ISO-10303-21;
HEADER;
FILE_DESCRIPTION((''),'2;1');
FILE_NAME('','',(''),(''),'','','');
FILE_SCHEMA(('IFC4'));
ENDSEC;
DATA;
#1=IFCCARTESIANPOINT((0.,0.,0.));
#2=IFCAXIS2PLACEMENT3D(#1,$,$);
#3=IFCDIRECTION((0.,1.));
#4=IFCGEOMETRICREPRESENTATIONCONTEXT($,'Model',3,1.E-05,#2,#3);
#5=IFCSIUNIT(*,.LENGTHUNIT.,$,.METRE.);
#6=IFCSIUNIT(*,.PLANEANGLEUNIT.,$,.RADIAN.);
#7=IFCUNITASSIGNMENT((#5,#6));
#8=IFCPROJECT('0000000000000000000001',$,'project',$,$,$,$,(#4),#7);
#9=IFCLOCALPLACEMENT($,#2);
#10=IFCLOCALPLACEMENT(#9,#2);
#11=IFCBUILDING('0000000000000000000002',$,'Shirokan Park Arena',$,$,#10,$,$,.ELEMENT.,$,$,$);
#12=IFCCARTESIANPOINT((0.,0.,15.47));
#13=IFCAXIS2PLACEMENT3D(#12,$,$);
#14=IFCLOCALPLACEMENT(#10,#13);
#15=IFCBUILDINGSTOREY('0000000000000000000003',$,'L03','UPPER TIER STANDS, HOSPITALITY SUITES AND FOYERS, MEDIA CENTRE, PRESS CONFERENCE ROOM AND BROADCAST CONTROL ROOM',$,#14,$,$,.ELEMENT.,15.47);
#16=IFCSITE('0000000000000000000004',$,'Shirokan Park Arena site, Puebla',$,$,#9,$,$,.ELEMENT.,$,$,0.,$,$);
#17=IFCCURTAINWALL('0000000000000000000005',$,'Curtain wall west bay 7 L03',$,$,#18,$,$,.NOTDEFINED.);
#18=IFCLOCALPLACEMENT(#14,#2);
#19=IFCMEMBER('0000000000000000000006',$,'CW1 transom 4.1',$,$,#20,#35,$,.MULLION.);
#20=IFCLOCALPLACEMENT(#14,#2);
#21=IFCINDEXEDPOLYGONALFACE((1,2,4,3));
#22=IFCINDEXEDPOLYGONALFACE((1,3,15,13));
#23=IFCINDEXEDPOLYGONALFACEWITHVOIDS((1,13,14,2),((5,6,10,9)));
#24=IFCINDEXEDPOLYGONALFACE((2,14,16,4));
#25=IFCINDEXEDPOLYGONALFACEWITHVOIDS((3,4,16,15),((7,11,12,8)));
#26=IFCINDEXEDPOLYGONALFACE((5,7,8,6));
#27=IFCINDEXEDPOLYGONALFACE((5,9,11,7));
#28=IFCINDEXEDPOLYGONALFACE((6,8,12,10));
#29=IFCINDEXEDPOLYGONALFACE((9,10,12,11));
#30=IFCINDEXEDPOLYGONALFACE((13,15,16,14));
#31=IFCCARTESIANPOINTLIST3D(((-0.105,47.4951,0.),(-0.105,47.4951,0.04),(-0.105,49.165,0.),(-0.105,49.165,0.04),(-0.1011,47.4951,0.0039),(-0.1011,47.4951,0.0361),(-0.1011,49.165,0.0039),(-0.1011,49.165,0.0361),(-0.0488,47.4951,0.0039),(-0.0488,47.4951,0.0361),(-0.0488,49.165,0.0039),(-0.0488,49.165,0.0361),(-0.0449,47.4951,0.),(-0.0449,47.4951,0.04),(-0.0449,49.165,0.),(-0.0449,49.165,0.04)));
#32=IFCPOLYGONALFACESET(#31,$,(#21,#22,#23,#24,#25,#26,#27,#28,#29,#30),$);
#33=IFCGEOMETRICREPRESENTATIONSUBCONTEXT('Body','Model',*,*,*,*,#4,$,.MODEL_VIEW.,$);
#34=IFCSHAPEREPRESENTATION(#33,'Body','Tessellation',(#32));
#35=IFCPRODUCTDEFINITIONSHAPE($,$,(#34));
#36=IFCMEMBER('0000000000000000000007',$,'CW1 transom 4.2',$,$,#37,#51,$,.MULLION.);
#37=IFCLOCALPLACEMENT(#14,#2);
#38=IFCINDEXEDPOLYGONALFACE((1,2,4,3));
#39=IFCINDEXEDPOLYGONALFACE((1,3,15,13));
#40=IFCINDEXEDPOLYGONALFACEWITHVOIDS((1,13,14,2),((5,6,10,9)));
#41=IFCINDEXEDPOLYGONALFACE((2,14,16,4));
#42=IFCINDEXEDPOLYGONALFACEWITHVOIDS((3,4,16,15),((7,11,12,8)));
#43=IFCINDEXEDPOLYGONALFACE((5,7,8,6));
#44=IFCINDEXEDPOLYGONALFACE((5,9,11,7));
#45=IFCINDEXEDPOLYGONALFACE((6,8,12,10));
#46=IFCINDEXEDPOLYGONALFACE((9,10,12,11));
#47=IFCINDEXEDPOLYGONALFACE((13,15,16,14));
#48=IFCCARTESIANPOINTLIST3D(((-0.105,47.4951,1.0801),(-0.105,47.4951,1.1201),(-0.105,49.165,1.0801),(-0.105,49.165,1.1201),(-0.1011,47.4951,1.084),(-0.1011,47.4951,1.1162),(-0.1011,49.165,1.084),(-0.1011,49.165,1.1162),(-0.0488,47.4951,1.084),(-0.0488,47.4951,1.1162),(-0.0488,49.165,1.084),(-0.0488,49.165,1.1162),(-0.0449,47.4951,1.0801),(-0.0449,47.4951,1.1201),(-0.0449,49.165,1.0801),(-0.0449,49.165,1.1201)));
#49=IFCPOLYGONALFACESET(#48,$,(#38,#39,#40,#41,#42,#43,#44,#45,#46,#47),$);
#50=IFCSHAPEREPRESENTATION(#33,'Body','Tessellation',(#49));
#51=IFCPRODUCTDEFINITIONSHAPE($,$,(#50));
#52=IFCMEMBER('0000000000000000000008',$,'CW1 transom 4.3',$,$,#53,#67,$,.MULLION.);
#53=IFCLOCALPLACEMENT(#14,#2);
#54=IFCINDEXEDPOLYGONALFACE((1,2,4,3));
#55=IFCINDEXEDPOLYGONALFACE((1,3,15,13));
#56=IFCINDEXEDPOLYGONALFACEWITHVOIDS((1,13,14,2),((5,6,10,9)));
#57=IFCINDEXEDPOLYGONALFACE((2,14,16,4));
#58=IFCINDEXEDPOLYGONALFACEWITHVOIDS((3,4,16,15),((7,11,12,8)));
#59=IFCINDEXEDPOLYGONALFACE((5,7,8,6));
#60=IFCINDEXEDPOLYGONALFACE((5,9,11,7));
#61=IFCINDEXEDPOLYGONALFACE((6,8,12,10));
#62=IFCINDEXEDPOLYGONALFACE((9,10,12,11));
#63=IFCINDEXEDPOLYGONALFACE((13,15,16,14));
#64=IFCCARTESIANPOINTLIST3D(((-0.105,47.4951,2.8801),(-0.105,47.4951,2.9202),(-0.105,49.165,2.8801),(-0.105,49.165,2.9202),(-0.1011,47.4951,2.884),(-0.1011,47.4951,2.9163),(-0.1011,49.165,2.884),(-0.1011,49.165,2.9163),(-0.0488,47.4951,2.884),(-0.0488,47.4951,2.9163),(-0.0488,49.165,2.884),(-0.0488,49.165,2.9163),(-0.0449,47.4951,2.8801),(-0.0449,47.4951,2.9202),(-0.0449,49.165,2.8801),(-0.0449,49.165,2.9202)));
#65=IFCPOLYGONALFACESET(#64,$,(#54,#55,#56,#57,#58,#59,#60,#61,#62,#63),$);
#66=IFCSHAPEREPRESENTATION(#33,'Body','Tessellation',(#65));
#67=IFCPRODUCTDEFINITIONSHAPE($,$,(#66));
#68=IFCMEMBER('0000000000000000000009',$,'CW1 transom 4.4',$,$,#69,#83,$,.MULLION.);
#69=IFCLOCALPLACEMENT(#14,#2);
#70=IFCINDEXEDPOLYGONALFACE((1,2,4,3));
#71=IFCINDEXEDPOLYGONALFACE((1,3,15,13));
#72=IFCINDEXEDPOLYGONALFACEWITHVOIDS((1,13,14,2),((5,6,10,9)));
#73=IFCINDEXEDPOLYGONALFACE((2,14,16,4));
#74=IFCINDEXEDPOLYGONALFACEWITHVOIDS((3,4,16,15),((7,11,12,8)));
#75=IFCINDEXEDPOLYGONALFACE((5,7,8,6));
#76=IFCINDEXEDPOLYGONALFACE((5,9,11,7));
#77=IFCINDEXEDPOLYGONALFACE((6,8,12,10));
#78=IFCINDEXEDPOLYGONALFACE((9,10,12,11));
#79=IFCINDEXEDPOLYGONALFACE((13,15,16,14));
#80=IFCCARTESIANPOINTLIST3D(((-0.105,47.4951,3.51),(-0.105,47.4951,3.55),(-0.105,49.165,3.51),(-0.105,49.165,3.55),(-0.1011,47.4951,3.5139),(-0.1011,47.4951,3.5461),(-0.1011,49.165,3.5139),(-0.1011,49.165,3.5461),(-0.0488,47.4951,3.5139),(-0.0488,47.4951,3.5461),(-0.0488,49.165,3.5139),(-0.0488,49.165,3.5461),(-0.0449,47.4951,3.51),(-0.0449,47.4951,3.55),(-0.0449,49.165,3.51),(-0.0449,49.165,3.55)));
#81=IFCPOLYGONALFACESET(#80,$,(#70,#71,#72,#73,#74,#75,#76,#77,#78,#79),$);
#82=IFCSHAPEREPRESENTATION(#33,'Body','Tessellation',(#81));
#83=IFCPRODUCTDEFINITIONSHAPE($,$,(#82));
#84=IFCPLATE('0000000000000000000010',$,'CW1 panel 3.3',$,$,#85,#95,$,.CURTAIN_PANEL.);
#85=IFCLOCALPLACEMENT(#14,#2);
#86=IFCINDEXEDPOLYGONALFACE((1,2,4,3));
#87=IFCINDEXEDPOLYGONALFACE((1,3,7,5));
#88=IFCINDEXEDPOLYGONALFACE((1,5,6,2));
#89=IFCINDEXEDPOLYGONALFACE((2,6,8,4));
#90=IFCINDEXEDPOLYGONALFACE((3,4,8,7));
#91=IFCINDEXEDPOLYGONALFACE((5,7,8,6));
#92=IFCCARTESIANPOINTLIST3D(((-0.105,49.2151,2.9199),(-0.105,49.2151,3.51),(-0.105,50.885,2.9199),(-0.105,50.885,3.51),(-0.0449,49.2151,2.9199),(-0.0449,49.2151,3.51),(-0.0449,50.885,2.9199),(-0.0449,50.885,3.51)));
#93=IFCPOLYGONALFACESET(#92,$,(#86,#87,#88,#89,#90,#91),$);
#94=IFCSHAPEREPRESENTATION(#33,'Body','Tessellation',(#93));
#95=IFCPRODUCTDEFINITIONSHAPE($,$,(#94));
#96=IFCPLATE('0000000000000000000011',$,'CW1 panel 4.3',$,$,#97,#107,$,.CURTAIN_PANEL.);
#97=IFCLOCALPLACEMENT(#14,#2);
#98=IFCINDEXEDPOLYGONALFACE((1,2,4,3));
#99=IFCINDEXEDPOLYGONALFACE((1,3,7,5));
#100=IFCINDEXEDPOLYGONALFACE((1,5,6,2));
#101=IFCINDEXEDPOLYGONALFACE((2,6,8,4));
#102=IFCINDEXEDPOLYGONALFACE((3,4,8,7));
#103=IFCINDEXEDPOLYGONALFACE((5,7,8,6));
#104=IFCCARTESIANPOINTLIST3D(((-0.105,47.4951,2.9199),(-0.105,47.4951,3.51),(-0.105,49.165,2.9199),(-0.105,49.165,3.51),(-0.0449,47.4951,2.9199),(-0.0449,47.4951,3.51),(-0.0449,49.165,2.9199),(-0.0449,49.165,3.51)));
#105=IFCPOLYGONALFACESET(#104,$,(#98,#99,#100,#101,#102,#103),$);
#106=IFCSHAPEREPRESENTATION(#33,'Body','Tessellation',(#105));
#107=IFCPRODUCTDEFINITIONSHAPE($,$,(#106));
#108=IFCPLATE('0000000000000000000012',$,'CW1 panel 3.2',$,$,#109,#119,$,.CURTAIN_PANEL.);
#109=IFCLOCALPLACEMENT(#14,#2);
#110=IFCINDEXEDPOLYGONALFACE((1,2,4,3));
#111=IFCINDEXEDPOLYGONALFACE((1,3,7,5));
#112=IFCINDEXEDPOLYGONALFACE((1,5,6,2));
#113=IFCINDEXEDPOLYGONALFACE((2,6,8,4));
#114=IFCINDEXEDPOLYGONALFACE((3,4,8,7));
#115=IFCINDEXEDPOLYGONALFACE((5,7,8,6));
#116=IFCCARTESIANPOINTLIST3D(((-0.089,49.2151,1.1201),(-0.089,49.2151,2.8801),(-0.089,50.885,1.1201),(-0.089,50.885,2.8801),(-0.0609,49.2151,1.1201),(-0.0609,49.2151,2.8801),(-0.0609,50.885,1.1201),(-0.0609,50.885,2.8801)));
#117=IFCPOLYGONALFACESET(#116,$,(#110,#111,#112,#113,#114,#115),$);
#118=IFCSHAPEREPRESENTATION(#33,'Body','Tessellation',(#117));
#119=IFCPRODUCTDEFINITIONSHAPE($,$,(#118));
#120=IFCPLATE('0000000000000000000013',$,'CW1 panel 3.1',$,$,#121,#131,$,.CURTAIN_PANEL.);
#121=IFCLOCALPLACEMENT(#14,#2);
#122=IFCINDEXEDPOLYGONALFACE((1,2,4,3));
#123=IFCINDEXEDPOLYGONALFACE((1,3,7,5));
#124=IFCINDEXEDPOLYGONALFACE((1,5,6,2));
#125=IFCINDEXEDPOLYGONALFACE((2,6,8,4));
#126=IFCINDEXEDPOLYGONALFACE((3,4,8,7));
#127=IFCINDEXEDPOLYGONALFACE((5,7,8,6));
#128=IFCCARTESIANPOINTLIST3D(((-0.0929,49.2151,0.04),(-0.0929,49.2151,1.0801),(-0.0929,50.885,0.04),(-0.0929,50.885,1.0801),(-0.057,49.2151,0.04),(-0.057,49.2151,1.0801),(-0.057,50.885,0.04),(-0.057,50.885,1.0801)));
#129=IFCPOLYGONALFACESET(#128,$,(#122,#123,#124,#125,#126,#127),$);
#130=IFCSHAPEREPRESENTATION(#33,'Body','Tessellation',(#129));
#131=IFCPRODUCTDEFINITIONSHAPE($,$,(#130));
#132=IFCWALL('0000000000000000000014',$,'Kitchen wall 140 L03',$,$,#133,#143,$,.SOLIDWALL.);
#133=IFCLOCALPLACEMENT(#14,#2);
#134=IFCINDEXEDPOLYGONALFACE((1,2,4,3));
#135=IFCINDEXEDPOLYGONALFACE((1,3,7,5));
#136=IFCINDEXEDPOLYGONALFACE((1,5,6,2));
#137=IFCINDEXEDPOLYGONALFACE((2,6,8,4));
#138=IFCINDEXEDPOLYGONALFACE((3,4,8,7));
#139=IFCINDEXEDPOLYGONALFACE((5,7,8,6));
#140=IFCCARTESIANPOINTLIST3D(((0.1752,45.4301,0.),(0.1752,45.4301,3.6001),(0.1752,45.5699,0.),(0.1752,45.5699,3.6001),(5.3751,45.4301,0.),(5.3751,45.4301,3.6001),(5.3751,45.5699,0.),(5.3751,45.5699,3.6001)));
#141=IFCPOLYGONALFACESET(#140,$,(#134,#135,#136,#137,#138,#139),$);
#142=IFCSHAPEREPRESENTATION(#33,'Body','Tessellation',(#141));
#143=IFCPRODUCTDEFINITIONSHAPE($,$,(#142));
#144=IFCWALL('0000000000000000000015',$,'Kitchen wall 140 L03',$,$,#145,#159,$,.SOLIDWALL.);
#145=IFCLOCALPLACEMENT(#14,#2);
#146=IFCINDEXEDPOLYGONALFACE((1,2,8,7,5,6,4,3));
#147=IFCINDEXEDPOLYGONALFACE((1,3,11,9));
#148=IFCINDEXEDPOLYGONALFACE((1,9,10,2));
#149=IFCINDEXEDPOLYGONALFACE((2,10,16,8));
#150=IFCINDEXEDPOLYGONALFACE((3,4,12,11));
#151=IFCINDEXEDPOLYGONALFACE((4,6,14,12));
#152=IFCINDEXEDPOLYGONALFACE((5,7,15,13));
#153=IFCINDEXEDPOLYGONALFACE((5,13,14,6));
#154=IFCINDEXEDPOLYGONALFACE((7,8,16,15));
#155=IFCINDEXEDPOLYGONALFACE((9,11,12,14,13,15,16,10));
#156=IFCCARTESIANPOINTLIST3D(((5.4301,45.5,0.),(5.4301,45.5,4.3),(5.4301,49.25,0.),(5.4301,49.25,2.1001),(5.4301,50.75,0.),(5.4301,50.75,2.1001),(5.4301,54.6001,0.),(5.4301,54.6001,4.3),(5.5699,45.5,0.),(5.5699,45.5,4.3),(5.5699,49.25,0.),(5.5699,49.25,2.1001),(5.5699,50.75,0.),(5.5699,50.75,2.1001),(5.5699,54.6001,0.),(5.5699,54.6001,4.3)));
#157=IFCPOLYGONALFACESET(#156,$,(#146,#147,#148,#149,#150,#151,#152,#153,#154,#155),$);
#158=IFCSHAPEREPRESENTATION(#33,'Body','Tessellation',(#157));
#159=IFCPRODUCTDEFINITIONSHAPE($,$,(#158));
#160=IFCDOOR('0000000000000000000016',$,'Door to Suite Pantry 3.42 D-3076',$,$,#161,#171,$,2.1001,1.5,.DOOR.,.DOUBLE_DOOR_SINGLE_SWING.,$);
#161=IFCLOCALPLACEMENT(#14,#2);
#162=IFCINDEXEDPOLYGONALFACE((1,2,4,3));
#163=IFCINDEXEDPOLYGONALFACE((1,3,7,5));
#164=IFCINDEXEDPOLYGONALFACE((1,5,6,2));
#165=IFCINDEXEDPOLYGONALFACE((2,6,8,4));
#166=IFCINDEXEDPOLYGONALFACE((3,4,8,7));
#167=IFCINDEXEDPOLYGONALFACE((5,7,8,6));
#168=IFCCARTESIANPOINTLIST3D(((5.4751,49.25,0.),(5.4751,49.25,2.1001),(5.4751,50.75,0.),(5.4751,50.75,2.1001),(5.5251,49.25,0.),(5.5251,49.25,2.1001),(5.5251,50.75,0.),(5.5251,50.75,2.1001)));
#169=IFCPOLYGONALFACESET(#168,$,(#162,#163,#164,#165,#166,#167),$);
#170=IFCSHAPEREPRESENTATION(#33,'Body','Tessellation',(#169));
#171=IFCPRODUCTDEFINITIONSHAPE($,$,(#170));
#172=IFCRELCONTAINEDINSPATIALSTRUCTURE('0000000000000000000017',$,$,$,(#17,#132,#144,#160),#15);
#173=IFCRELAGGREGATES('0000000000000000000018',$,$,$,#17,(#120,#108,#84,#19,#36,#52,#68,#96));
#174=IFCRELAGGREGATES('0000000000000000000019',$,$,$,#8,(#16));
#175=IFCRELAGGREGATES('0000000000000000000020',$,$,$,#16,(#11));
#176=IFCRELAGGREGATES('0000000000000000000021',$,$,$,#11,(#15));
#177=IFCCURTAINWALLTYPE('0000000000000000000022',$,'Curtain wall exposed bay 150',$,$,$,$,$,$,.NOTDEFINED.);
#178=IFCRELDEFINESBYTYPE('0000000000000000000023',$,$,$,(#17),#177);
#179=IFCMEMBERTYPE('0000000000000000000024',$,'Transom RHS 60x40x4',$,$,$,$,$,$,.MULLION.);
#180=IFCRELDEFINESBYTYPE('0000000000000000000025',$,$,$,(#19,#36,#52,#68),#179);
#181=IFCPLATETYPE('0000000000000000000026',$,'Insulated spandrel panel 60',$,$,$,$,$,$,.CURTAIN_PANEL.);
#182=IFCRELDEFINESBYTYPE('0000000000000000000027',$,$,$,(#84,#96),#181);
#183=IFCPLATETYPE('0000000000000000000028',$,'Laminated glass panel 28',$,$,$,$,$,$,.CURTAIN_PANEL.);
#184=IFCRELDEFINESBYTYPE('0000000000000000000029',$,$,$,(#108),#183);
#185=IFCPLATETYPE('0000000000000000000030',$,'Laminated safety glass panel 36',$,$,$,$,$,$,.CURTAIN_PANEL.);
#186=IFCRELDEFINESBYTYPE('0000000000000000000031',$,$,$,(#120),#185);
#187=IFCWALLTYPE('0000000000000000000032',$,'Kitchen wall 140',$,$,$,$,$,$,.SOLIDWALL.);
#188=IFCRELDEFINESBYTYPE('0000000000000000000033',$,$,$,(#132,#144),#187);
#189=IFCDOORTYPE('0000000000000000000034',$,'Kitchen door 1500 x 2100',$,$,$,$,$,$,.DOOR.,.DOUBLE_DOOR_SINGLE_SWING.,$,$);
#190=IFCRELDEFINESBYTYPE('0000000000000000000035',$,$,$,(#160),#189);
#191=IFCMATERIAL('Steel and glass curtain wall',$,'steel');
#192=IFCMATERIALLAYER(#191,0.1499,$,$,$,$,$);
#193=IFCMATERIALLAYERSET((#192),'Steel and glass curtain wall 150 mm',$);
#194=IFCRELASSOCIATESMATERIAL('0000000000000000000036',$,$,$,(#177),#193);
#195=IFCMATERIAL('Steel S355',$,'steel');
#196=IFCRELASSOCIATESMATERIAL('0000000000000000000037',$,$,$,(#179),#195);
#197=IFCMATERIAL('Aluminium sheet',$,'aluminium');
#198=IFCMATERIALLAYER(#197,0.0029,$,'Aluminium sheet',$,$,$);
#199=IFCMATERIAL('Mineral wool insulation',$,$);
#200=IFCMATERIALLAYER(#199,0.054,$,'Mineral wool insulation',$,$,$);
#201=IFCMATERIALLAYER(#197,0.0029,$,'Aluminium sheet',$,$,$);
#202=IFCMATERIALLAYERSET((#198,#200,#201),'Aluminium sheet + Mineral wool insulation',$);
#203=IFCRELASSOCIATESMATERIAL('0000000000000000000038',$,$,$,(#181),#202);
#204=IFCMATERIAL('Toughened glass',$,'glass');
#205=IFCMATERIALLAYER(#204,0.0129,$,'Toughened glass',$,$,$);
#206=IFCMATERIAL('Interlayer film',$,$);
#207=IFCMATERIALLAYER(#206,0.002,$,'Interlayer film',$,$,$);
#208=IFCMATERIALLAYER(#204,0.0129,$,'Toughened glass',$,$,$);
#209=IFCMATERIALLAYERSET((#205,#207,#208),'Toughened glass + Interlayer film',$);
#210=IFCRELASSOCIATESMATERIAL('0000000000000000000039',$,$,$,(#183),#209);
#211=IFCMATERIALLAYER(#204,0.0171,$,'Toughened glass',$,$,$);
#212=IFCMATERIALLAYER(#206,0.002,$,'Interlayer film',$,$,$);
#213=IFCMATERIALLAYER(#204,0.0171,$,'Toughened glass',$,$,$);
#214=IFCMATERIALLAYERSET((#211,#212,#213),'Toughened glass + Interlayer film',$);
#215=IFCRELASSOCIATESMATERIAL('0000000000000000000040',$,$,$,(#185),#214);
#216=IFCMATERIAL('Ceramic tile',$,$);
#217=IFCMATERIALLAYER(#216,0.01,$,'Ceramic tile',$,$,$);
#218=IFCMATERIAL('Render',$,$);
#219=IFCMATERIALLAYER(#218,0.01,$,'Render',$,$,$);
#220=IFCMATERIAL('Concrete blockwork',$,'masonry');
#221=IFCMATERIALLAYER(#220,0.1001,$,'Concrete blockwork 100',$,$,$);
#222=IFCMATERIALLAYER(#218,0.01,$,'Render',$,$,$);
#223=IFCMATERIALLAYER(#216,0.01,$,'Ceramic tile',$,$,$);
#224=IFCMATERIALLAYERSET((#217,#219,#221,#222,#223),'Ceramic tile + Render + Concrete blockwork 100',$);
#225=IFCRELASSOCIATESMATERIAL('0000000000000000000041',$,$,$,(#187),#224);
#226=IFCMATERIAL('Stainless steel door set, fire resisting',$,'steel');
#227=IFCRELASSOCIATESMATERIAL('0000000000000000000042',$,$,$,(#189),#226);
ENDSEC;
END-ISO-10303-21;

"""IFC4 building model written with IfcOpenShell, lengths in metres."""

from ifc_helpers import new_model, si_unit, direction, frame, frame_2d, origin, origin_2d, place, context, subcontext, project, spatial, rectangle, hollow_rectangle, extrude, material, layer, layer_set, material_profile, profile_set, type_object, element, fill, aggregate, save


model = new_model("IFC4")

# Units and contexts
model_context = context("Model", 3, precision=1e-05, world=origin(), true_north=direction((0.0, 1.0)))
body_context = subcontext(model_context, "Body", "Model", "MODEL_VIEW")
ifc_project = project(units=[si_unit("LENGTHUNIT", "METRE"), si_unit("PLANEANGLEUNIT", "RADIAN")], contexts=[model_context])

# Site, building, storey
site_placement = place(None, origin())
site = spatial("IfcSite", under=ifc_project, at=site_placement, Name="Shirokan Park Arena site, Puebla", CompositionType="ELEMENT", RefElevation=0.0)
building_placement = place(site_placement, origin())
building = spatial("IfcBuilding", under=site, at=building_placement, Name="Shirokan Park Arena", CompositionType="ELEMENT")
storey_placement = place(building_placement, frame((0.0, 0.0, 15.47)))
storey = spatial("IfcBuildingStorey", under=building, at=storey_placement, Name="L03", Description="UPPER TIER STANDS, HOSPITALITY SUITES AND FOYERS, MEDIA CENTRE, PRESS CONFERENCE ROOM AND BROADCAST CONTROL ROOM", CompositionType="ELEMENT", Elevation=15.47)

# Curtain wall
ifc_material_1 = material(Name="Steel and glass curtain wall", Category="steel")
ifc_layer_1 = layer(ifc_material_1, 0.1499)
ifc_layer_set_1 = layer_set([ifc_layer_1], Name="Steel and glass curtain wall 150 mm")
curtain_wall_type = type_object("IfcCurtainWallType", Name="Curtain wall exposed bay 150", PredefinedType="NOTDEFINED", material=ifc_layer_set_1)
curtain_wall_placement = place(storey_placement, origin())
curtain_wall = element("IfcCurtainWall", 1, at=curtain_wall_placement, inside=storey, type_object=curtain_wall_type, Name="Curtain wall west bay 7 L03", PredefinedType="NOTDEFINED")
ifc_material_2 = material(Name="Steel S355", Category="steel")

# Members
ifc_material_profile_1 = material_profile(ifc_material_2, hollow_rectangle(XDim=0.0601, YDim=0.04, WallThickness=0.0039, at=origin_2d()), Name="RHS 60x40x4")
ifc_profile_set_1 = profile_set([ifc_material_profile_1], Name="Steel S355")
member_type_1 = type_object("IfcMemberType", Name="Transom RHS 60x40x4", PredefinedType="MULLION", material=ifc_profile_set_1)
member_1_placement = place(storey_placement, frame((-0.075, 49.165, 0.02), z_axis=(0.0, -1.0, 0.0), x_axis=(1.0, 0.0, 0.0)))
member_1 = element("IfcMember", 2, at=member_1_placement, type_object=member_type_1, Name="CW1 transom 4.1", PredefinedType="MULLION", context=body_context, shape_type="SweptSolid", body=[
    extrude(hollow_rectangle(XDim=0.0601, YDim=0.04, WallThickness=0.0039, at=origin_2d()), origin(), (0.0, 0.0, 1.0), 1.6699),
])
member_2_placement = place(storey_placement, frame((-0.075, 49.165, 1.1001), z_axis=(0.0, -1.0, 0.0), x_axis=(1.0, 0.0, 0.0)))
member_2 = element("IfcMember", 3, at=member_2_placement, type_object=member_type_1, Name="CW1 transom 4.2", PredefinedType="MULLION", context=body_context, shape_type="SweptSolid", body=[
    extrude(hollow_rectangle(XDim=0.0601, YDim=0.04, WallThickness=0.0039, at=origin_2d()), origin(), (0.0, 0.0, 1.0), 1.6699),
])
member_3_placement = place(storey_placement, frame((-0.075, 49.165, 2.9001), z_axis=(0.0, -1.0, 0.0), x_axis=(1.0, 0.0, 0.0)))
member_3 = element("IfcMember", 4, at=member_3_placement, type_object=member_type_1, Name="CW1 transom 4.3", PredefinedType="MULLION", context=body_context, shape_type="SweptSolid", body=[
    extrude(hollow_rectangle(XDim=0.0601, YDim=0.04, WallThickness=0.0039, at=origin_2d()), origin(), (0.0, 0.0, 1.0), 1.6699),
])
member_4_placement = place(storey_placement, frame((-0.075, 49.165, 3.53), z_axis=(0.0, -1.0, 0.0), x_axis=(1.0, 0.0, 0.0)))
member_4 = element("IfcMember", 5, at=member_4_placement, type_object=member_type_1, Name="CW1 transom 4.4", PredefinedType="MULLION", context=body_context, shape_type="SweptSolid", body=[
    extrude(hollow_rectangle(XDim=0.0601, YDim=0.04, WallThickness=0.0039, at=origin_2d()), origin(), (0.0, 0.0, 1.0), 1.6699),
])

# Plates
ifc_material_3 = material(Name="Aluminium sheet", Category="aluminium")
ifc_layer_2 = layer(ifc_material_3, 0.0029, Name="Aluminium sheet")
ifc_material_4 = material(Name="Mineral wool insulation")
ifc_layer_3 = layer(ifc_material_4, 0.054, Name="Mineral wool insulation")
ifc_layer_4 = layer(ifc_material_3, 0.0029, Name="Aluminium sheet")
ifc_layer_set_2 = layer_set([ifc_layer_2, ifc_layer_3, ifc_layer_4], Name="Aluminium sheet + Mineral wool insulation")
plate_type_1 = type_object("IfcPlateType", Name="Insulated spandrel panel 60", PredefinedType="CURTAIN_PANEL", material=ifc_layer_set_2)
plate_1_placement = place(storey_placement, frame((-0.075, 50.05, 2.9199), z_axis=(0.0, 0.0, 1.0), x_axis=(0.0, -1.0, 0.0)))
plate_1 = element("IfcPlate", 6, at=plate_1_placement, type_object=plate_type_1, Name="CW1 panel 3.3", PredefinedType="CURTAIN_PANEL", context=body_context, shape_type="SweptSolid", body=[
    extrude(rectangle(XDim=1.6699, YDim=0.0601, at=origin_2d()), origin(), (0.0, 0.0, 1.0), 0.5901),
])
plate_2_placement = place(storey_placement, frame((-0.075, 48.3301, 2.9199), z_axis=(0.0, 0.0, 1.0), x_axis=(0.0, -1.0, 0.0)))
plate_2 = element("IfcPlate", 7, at=plate_2_placement, type_object=plate_type_1, Name="CW1 panel 4.3", PredefinedType="CURTAIN_PANEL", context=body_context, shape_type="SweptSolid", body=[
    extrude(rectangle(XDim=1.6699, YDim=0.0601, at=origin_2d()), origin(), (0.0, 0.0, 1.0), 0.5901),
])
ifc_material_5 = material(Name="Toughened glass", Category="glass")
ifc_layer_5 = layer(ifc_material_5, 0.0129, Name="Toughened glass")
ifc_material_6 = material(Name="Interlayer film")
ifc_layer_6 = layer(ifc_material_6, 0.002, Name="Interlayer film")
ifc_layer_7 = layer(ifc_material_5, 0.0129, Name="Toughened glass")
ifc_layer_set_3 = layer_set([ifc_layer_5, ifc_layer_6, ifc_layer_7], Name="Toughened glass + Interlayer film")
plate_type_2 = type_object("IfcPlateType", Name="Laminated glass panel 28", PredefinedType="CURTAIN_PANEL", material=ifc_layer_set_3)
plate_3_placement = place(storey_placement, frame((-0.075, 50.05, 1.1201), z_axis=(0.0, 0.0, 1.0), x_axis=(0.0, -1.0, 0.0)))
plate_3 = element("IfcPlate", 8, at=plate_3_placement, type_object=plate_type_2, Name="CW1 panel 3.2", PredefinedType="CURTAIN_PANEL", context=body_context, shape_type="SweptSolid", body=[
    extrude(rectangle(XDim=1.6699, YDim=0.0281, at=origin_2d()), origin(), (0.0, 0.0, 1.0), 1.76),
])
ifc_layer_8 = layer(ifc_material_5, 0.0171, Name="Toughened glass")
ifc_layer_9 = layer(ifc_material_6, 0.002, Name="Interlayer film")
ifc_layer_10 = layer(ifc_material_5, 0.0171, Name="Toughened glass")
ifc_layer_set_4 = layer_set([ifc_layer_8, ifc_layer_9, ifc_layer_10], Name="Toughened glass + Interlayer film")
plate_type_3 = type_object("IfcPlateType", Name="Laminated safety glass panel 36", PredefinedType="CURTAIN_PANEL", material=ifc_layer_set_4)
plate_4_placement = place(storey_placement, frame((-0.075, 50.05, 0.04), z_axis=(0.0, 0.0, 1.0), x_axis=(0.0, -1.0, 0.0)))
plate_4 = element("IfcPlate", 9, at=plate_4_placement, type_object=plate_type_3, Name="CW1 panel 3.1", PredefinedType="CURTAIN_PANEL", context=body_context, shape_type="SweptSolid", body=[
    extrude(rectangle(XDim=1.6699, YDim=0.0359, at=origin_2d()), origin(), (0.0, 0.0, 1.0), 1.04),
])
aggregate(curtain_wall, [plate_4, plate_3, plate_1, member_1, member_2, member_3, member_4, plate_2])

# Wall
ifc_material_7 = material(Name="Ceramic tile")
ifc_layer_11 = layer(ifc_material_7, 0.01, Name="Ceramic tile")
ifc_material_8 = material(Name="Render")
ifc_layer_12 = layer(ifc_material_8, 0.01, Name="Render")
ifc_material_9 = material(Name="Concrete blockwork", Category="masonry")
ifc_layer_13 = layer(ifc_material_9, 0.1001, Name="Concrete blockwork 100")
ifc_layer_14 = layer(ifc_material_8, 0.01, Name="Render")
ifc_layer_15 = layer(ifc_material_7, 0.01, Name="Ceramic tile")
ifc_layer_set_5 = layer_set([ifc_layer_11, ifc_layer_12, ifc_layer_13, ifc_layer_14, ifc_layer_15], Name="Ceramic tile + Render + Concrete blockwork 100")
wall_type_1 = type_object("IfcWallType", Name="Kitchen wall 140", PredefinedType="SOLIDWALL", material=ifc_layer_set_5)
wall_1_placement = place(storey_placement, frame((0.175, 45.5, 0.0), z_axis=(0.0, 0.0, 1.0), x_axis=(1.0, 0.0, 0.0)))
element("IfcWall", 10, at=wall_1_placement, inside=storey, type_object=wall_type_1, Name="Kitchen wall 140 L03", PredefinedType="SOLIDWALL", context=body_context, shape_type="SweptSolid", body=[
    extrude(rectangle(XDim=5.2, YDim=0.1399, at=frame_2d((2.6001, 0.0))), origin(), (0.0, 0.0, 1.0), 3.6001),
])

# Wall, opening, door
wall_2_placement = place(storey_placement, frame((5.5, 45.5, 0.0), z_axis=(0.0, 0.0, 1.0), x_axis=(0.0, 1.0, 0.0)))
wall_2 = element("IfcWall", 11, at=wall_2_placement, inside=storey, type_object=wall_type_1, Name="Kitchen wall 140 L03", PredefinedType="SOLIDWALL", context=body_context, shape_type="SweptSolid", body=[
    extrude(rectangle(XDim=9.1001, YDim=0.1399, at=frame_2d((4.55, 0.0))), origin(), (0.0, 0.0, 1.0), 4.3),
])
opening_placement = place(wall_2_placement, frame((3.75, 0.0, 0.0)))
opening = element("IfcOpeningElement", 12, at=opening_placement, cuts=wall_2, PredefinedType="OPENING", context=body_context, shape_type="SweptSolid", body=[
    extrude(rectangle(XDim=1.5, YDim=2.1001, at=frame_2d((0.75, 1.05))), frame((0.0, 0.0798, 0.0), z_axis=(0.0, -1.0, 0.0), x_axis=(1.0, 0.0, 0.0)), (0.0, 0.0, 1.0), 0.1599),
])
ifc_material_10 = material(Name="Stainless steel door set, fire resisting", Category="steel")
door_type = type_object("IfcDoorType", Name="Kitchen door 1500 x 2100", OperationType="DOUBLE_DOOR_SINGLE_SWING", PredefinedType="DOOR", material=ifc_material_10)
door_placement = place(opening_placement, origin())
door = element("IfcDoor", 13, at=door_placement, inside=storey, type_object=door_type, Name="Door to Suite Pantry 3.42 D-3076", OperationType="DOUBLE_DOOR_SINGLE_SWING", OverallHeight=2.1001, OverallWidth=1.5, PredefinedType="DOOR", context=body_context, shape_type="SweptSolid", body=[
    extrude(rectangle(XDim=1.5, YDim=2.1001, at=frame_2d((0.75, 1.05))), frame((0.0, 0.0249, 0.0), z_axis=(0.0, -1.0, 0.0), x_axis=(1.0, 0.0, 0.0)), (0.0, 0.0, 1.0), 0.05),
])
fill(opening, door)

save(model, "model.ifc")
